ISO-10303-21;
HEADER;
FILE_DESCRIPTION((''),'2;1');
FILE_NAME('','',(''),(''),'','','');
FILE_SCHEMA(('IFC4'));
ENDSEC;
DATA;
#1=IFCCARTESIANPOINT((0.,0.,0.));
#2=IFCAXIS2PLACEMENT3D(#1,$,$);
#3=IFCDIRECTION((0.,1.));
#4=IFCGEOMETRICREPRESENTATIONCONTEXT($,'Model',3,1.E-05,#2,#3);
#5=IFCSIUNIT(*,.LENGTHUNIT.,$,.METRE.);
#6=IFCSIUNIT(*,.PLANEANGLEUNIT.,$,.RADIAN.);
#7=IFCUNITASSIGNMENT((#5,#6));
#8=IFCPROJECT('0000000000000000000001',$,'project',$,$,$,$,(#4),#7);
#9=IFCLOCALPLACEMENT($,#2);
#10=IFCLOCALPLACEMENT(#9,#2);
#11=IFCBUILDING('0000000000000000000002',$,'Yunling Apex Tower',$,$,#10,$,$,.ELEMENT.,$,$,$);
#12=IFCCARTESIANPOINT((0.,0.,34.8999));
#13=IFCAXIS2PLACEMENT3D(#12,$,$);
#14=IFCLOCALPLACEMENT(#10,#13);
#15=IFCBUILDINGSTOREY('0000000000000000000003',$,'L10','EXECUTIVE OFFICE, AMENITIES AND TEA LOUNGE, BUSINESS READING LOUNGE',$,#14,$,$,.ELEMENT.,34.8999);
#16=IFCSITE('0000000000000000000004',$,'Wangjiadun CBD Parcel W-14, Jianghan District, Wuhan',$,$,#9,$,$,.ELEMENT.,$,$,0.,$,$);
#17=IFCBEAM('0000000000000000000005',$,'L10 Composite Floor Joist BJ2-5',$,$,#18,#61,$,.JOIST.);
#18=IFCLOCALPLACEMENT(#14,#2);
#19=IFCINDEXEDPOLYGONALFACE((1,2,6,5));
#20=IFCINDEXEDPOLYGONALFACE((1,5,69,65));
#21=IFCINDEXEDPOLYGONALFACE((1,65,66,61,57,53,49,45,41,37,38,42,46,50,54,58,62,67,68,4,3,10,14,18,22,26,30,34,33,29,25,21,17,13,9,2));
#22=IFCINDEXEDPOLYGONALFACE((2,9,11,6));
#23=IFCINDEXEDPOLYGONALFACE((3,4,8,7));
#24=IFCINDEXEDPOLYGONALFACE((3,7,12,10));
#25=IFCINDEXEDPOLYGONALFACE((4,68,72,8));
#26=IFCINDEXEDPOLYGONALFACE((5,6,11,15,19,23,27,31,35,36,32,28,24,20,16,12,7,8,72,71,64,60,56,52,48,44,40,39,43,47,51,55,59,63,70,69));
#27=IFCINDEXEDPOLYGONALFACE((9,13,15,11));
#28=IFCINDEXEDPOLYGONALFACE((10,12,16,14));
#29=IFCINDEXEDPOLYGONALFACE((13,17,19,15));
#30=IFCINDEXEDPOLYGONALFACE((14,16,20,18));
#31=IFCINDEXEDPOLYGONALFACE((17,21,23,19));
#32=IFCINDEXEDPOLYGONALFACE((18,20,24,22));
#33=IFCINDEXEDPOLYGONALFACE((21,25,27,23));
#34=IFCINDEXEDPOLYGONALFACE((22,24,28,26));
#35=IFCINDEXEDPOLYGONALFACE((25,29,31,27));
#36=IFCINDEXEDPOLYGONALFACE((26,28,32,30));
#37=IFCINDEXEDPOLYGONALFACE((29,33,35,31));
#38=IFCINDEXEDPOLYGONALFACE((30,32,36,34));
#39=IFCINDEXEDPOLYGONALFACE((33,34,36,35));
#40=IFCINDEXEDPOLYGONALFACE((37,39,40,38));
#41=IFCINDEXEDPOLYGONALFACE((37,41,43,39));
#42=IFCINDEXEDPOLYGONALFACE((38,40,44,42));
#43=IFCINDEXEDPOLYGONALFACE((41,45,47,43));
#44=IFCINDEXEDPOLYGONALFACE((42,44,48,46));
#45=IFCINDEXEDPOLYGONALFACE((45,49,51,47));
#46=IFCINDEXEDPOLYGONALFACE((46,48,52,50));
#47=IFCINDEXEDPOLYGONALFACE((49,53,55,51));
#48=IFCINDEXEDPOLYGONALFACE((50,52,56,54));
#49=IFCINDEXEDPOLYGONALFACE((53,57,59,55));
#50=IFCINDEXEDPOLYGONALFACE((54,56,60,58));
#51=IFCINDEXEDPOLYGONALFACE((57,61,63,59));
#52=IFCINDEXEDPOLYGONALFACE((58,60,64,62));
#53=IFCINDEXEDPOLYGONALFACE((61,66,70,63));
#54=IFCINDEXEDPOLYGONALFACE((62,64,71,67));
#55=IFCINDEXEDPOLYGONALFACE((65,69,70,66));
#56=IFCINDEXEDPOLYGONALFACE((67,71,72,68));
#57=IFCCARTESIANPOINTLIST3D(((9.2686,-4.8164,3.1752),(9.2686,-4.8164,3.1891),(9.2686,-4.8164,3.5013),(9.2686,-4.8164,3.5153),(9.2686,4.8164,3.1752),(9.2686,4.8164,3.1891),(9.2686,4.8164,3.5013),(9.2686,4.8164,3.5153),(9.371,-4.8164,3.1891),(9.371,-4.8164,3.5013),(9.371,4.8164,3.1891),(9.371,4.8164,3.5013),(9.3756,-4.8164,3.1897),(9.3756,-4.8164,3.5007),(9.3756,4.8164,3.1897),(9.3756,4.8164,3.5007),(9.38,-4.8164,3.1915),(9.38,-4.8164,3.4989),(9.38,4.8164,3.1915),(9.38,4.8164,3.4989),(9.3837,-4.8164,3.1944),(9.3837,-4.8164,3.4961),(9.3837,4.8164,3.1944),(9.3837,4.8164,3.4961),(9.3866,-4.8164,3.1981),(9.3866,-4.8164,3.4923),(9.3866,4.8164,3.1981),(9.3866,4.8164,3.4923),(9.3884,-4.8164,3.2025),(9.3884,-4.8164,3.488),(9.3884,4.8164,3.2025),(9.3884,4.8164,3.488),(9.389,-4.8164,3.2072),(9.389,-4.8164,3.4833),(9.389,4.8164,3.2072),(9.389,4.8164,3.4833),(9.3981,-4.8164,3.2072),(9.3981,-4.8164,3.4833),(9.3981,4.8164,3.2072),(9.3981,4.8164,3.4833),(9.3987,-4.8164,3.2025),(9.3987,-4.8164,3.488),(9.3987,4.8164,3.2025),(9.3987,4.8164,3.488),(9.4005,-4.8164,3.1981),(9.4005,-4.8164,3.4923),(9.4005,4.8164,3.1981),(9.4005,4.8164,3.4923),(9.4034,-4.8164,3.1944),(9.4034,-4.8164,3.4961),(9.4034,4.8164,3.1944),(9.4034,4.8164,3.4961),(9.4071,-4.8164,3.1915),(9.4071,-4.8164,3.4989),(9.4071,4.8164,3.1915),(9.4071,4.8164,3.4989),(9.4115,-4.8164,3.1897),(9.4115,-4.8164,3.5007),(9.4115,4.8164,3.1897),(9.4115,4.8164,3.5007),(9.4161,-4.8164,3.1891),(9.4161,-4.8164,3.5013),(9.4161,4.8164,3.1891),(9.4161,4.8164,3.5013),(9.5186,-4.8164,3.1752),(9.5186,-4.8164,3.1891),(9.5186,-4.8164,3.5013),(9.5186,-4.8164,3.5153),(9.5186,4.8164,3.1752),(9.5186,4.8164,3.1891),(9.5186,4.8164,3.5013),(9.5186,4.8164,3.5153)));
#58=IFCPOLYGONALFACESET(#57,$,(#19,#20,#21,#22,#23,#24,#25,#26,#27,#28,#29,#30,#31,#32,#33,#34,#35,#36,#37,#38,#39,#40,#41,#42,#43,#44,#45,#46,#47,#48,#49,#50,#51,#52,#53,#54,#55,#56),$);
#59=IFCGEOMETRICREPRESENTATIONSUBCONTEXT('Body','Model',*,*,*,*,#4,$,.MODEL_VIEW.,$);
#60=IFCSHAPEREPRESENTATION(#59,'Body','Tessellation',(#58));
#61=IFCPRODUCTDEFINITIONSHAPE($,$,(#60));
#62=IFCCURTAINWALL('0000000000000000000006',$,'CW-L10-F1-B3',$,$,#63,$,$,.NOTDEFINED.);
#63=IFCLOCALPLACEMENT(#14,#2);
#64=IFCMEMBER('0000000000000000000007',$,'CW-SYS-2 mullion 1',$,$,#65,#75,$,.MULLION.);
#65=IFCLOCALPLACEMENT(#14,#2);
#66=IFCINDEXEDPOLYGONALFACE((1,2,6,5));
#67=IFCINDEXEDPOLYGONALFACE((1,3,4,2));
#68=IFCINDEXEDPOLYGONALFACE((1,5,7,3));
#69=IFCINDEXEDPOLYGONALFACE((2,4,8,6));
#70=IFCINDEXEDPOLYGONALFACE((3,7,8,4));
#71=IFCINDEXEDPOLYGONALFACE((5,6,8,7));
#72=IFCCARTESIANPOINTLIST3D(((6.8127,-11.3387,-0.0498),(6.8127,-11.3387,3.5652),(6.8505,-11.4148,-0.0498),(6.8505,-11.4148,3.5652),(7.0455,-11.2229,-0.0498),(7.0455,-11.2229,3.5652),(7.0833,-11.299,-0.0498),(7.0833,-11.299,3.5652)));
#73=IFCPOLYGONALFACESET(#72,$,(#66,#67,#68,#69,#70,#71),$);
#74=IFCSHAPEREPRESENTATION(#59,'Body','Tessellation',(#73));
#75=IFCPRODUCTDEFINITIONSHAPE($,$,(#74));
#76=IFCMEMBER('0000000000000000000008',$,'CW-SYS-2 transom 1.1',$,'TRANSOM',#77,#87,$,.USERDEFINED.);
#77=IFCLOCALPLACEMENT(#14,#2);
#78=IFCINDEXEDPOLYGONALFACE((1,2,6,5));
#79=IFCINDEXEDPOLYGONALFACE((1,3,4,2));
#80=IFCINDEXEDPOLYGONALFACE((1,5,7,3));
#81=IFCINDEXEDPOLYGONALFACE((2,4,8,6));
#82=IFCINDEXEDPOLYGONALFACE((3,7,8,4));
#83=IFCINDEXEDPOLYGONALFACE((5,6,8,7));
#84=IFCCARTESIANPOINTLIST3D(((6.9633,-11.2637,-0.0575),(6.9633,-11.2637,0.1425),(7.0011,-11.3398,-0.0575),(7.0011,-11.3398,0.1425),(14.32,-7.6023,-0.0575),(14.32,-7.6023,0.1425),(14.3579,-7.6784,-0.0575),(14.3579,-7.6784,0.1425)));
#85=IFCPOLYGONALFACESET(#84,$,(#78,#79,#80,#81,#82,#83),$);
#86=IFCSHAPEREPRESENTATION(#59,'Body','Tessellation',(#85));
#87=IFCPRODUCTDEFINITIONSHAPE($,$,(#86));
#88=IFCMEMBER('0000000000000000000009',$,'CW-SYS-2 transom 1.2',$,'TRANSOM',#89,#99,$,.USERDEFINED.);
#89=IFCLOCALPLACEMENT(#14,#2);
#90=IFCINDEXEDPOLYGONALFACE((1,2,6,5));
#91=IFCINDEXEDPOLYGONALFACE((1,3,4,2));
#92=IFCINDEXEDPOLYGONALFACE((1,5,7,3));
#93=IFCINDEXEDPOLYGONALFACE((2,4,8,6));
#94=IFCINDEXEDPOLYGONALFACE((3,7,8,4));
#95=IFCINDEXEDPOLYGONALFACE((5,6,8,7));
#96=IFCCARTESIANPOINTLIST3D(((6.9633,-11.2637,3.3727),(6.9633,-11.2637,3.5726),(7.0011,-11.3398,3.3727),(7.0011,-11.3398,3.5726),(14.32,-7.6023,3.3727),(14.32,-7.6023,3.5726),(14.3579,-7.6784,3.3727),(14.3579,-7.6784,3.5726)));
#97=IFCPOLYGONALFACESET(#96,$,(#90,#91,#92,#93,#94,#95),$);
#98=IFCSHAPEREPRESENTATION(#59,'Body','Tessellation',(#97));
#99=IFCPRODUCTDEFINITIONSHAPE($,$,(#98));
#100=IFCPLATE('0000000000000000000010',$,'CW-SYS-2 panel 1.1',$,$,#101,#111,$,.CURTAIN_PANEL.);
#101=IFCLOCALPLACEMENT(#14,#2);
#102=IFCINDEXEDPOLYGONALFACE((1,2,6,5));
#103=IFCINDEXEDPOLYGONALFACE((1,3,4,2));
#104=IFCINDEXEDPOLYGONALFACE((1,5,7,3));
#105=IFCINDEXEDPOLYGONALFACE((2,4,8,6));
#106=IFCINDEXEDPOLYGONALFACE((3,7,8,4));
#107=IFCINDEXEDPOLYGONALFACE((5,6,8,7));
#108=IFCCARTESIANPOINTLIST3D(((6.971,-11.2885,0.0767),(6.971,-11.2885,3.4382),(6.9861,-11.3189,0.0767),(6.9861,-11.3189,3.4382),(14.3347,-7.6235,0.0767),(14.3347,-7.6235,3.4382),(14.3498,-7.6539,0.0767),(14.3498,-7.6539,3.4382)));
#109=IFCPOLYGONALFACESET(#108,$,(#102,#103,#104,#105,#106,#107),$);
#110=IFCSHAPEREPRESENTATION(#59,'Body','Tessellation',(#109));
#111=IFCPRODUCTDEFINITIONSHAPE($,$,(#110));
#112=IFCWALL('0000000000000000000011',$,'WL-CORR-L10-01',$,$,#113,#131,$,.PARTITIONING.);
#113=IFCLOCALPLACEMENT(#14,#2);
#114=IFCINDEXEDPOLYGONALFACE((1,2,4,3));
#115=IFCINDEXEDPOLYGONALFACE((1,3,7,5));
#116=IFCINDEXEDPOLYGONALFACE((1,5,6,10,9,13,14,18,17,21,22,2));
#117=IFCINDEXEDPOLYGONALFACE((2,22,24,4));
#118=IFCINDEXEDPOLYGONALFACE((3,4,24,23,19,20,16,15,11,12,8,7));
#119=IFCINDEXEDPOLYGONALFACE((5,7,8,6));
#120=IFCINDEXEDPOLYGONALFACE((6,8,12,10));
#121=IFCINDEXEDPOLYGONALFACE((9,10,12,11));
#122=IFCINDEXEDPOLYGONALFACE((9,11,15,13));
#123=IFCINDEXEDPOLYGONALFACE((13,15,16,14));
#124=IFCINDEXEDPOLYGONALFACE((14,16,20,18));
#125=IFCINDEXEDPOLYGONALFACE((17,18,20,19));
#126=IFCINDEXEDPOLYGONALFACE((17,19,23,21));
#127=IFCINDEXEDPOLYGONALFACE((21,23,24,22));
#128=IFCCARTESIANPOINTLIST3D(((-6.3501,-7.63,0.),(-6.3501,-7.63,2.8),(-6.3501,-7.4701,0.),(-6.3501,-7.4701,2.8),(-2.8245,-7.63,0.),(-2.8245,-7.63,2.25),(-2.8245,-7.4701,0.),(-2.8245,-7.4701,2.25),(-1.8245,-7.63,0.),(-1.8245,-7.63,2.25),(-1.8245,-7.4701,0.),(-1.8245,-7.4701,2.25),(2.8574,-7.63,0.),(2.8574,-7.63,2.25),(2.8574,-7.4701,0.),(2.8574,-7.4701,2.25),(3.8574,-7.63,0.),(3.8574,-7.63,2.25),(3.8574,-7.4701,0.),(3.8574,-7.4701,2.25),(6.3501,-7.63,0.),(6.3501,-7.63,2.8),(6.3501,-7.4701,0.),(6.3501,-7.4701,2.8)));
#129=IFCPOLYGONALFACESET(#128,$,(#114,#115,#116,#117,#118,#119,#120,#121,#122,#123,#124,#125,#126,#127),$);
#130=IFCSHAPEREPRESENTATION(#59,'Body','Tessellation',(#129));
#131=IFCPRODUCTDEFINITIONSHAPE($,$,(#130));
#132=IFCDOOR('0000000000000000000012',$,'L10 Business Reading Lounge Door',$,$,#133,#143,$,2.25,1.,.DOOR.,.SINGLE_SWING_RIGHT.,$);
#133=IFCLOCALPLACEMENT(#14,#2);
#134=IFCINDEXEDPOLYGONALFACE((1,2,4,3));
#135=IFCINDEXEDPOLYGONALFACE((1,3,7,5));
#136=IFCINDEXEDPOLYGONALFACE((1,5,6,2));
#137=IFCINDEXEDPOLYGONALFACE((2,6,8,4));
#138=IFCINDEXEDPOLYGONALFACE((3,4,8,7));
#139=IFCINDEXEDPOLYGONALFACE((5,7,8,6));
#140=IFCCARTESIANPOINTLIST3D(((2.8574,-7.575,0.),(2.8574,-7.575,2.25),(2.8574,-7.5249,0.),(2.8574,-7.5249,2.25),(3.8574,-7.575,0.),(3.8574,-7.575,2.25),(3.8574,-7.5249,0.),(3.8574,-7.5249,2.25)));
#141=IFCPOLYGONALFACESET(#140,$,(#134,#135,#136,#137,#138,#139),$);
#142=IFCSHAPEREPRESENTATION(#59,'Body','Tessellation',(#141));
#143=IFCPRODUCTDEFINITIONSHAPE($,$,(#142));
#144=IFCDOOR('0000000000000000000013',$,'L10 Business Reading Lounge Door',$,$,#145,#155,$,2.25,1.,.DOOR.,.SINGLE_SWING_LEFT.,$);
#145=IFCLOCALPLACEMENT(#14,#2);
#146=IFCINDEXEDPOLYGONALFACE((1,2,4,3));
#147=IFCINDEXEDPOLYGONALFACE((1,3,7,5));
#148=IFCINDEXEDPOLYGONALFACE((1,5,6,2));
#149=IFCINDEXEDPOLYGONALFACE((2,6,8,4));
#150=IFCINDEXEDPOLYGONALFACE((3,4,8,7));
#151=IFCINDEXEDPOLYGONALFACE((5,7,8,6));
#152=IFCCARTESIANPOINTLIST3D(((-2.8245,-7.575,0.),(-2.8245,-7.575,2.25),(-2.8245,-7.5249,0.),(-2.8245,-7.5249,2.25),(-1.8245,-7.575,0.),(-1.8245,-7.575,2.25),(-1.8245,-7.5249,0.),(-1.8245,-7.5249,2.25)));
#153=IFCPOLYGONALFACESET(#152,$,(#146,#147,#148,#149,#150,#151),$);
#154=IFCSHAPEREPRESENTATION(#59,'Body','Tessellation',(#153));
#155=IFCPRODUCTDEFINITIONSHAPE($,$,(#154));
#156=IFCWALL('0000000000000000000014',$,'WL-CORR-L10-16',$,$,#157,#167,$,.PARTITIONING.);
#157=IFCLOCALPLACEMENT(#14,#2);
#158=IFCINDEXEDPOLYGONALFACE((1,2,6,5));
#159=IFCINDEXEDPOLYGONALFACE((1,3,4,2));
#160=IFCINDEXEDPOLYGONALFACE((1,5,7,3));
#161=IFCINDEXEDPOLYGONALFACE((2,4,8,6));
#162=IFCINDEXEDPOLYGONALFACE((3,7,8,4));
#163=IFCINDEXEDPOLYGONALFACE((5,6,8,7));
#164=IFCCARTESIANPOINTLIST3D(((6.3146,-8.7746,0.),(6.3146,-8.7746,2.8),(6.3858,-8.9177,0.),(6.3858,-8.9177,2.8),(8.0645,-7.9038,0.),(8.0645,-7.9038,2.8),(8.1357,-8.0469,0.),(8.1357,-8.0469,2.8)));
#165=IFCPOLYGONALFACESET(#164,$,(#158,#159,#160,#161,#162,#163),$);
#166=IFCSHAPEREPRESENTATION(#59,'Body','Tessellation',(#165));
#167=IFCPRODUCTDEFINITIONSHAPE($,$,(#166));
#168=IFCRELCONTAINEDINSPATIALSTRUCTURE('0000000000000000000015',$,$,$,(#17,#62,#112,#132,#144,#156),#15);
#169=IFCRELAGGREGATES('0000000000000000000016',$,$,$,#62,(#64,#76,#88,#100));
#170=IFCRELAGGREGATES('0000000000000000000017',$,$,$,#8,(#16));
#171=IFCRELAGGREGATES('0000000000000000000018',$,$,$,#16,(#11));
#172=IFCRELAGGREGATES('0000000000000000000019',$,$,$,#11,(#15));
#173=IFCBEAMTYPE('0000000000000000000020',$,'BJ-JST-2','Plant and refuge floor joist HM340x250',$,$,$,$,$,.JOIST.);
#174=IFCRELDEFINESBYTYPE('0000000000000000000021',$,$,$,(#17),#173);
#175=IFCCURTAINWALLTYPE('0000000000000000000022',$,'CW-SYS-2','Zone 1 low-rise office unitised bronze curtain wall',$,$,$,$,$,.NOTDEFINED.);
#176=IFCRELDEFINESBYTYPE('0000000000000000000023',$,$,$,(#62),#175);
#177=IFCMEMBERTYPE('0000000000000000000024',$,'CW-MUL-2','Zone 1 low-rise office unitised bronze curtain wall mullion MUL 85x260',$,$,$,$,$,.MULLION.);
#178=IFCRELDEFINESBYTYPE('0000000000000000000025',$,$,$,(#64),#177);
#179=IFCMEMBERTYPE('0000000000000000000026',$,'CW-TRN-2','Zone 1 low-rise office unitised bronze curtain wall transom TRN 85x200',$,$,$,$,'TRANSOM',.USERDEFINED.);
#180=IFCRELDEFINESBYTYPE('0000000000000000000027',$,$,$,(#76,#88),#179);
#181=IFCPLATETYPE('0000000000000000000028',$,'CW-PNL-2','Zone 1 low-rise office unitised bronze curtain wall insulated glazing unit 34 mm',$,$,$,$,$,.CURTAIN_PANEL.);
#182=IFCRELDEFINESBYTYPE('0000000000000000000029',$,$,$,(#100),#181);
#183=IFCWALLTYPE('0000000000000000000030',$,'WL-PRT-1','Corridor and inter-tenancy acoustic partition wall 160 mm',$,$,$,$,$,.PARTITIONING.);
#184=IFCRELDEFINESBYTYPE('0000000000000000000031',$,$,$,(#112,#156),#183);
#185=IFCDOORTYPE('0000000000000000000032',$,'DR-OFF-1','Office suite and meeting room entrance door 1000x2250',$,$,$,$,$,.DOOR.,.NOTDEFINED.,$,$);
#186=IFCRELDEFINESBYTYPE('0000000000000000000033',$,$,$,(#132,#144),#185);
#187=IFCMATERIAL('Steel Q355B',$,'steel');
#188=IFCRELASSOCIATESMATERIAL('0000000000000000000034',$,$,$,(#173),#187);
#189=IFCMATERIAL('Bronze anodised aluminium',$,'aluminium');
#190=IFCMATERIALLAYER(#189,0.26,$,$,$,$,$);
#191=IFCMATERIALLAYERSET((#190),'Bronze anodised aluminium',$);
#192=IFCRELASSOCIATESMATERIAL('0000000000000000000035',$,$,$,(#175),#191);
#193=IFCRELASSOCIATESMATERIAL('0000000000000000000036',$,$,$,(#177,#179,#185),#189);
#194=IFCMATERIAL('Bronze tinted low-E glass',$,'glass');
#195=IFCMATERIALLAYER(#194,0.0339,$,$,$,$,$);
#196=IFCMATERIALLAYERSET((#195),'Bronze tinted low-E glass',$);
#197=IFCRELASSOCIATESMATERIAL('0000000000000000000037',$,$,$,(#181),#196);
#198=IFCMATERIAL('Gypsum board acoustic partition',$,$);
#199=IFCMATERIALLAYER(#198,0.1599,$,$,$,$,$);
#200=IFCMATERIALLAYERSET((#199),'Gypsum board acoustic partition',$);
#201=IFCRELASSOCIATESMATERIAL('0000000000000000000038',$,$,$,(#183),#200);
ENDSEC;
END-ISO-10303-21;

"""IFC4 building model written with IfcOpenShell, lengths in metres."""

from ifc_helpers import new_model, si_unit, direction, frame, frame_2d, origin, origin_2d, place, context, subcontext, project, spatial, rectangle, i_section, extrude, source, transform, mapped, material, layer, layer_set, material_profile, profile_set, type_object, element, fill, aggregate, save


model = new_model("IFC4")

# Units and contexts
model_context = context("Model", 3, precision=1e-05, world=origin(), true_north=direction((0.0, 1.0)))
body_context = subcontext(model_context, "Body", "Model", "MODEL_VIEW")
ifc_project = project(units=[si_unit("LENGTHUNIT", "METRE"), si_unit("PLANEANGLEUNIT", "RADIAN")], contexts=[model_context])

# Site, building, storey
site_placement = place(None, origin())
site = spatial("IfcSite", under=ifc_project, at=site_placement, Name="Wangjiadun CBD Parcel W-14, Jianghan District, Wuhan", CompositionType="ELEMENT", RefElevation=0.0)
building_placement = place(site_placement, origin())
building = spatial("IfcBuilding", under=site, at=building_placement, Name="Yunling Apex Tower", CompositionType="ELEMENT")
storey_placement = place(building_placement, frame((0.0, 0.0, 34.8999)))
storey = spatial("IfcBuildingStorey", under=building, at=storey_placement, Name="L10", Description="EXECUTIVE OFFICE, AMENITIES AND TEA LOUNGE, BUSINESS READING LOUNGE", CompositionType="ELEMENT", Elevation=34.8999)

# Beam
ifc_material_1 = material(Name="Steel Q355B", Category="steel")
ifc_material_profile_1 = material_profile(ifc_material_1, i_section(OverallWidth=0.25, OverallDepth=0.3401, WebThickness=0.009, FlangeThickness=0.0139, FilletRadius=0.0181, at=origin_2d()))
ifc_profile_set_1 = profile_set([ifc_material_profile_1], Name="Steel Q355B")
beam_type_1 = type_object("IfcBeamType", Name="BJ-JST-2", Description="Plant and refuge floor joist HM340x250", PredefinedType="JOIST", material=ifc_profile_set_1)
shared_shape_1 = source(origin(), body_context, "Body", "SweptSolid", [
    extrude(i_section(OverallWidth=0.25, OverallDepth=0.3401, WebThickness=0.009, FlangeThickness=0.0139, FilletRadius=0.0181, at=origin_2d()), origin(), (0.0, 0.0, 1.0), 9.6328),
])
beam_1_placement = place(storey_placement, frame((9.3936, -4.8164, 3.3452), z_axis=(0.0, 1.0, 0.0), x_axis=(-1.0, 0.0, 0.0)))
element("IfcBeam", 1, at=beam_1_placement, inside=storey, type_object=beam_type_1, Name="L10 Composite Floor Joist BJ2-5", PredefinedType="JOIST", context=body_context, shape_type="MappedRepresentation", body=[
    mapped(shared_shape_1, transform((0.0, 0.0, 0.0), scale=1.0)),
])

# Curtain wall, members, plate
ifc_material_2 = material(Name="Bronze anodised aluminium", Category="aluminium")
ifc_layer_1 = layer(ifc_material_2, 0.26)
ifc_layer_set_1 = layer_set([ifc_layer_1], Name="Bronze anodised aluminium")
curtain_wall_type = type_object("IfcCurtainWallType", Name="CW-SYS-2", Description="Zone 1 low-rise office unitised bronze curtain wall", PredefinedType="NOTDEFINED", material=ifc_layer_set_1)
curtain_wall_placement = place(storey_placement, origin())
curtain_wall = element("IfcCurtainWall", 2, at=curtain_wall_placement, inside=storey, type_object=curtain_wall_type, Name="CW-L10-F1-B3", PredefinedType="NOTDEFINED")
ifc_material_profile_2 = material_profile(ifc_material_2, rectangle(XDim=0.085, YDim=0.26, at=origin_2d()))
ifc_profile_set_2 = profile_set([ifc_material_profile_2], Name="Bronze anodised aluminium")
member_type_1 = type_object("IfcMemberType", Name="CW-MUL-2", Description="Zone 1 low-rise office unitised bronze curtain wall mullion MUL 85x260", PredefinedType="MULLION", material=ifc_profile_set_2)
shared_shape_2 = source(origin(), body_context, "Body", "SweptSolid", [
    extrude(rectangle(XDim=0.085, YDim=0.26, at=origin_2d()), origin(), (0.0, 0.0, 1.0), 3.615),
])
member_1_placement = place(storey_placement, frame((6.948, -11.3188, -0.0498), z_axis=(0.0, 0.0, 1.0), x_axis=(-0.445571, 0.895247, 0.0)))
member_1 = element("IfcMember", 3, at=member_1_placement, type_object=member_type_1, Name="CW-SYS-2 mullion 1", PredefinedType="MULLION", context=body_context, shape_type="MappedRepresentation", body=[
    mapped(shared_shape_2, transform((0.0, 0.0, 0.0), scale=1.0)),
])
ifc_material_profile_3 = material_profile(ifc_material_2, rectangle(XDim=0.085, YDim=0.2, at=origin_2d()))
ifc_profile_set_3 = profile_set([ifc_material_profile_3], Name="Bronze anodised aluminium")
member_type_2 = type_object("IfcMemberType", Name="CW-TRN-2", Description="Zone 1 low-rise office unitised bronze curtain wall transom TRN 85x200", ElementType="TRANSOM", PredefinedType="USERDEFINED", material=ifc_profile_set_3)
shared_shape_3 = source(origin(), body_context, "Body", "SweptSolid", [
    extrude(rectangle(XDim=0.085, YDim=0.2, at=origin_2d()), origin(), (0.0, 0.0, 1.0), 8.2175),
])
member_2_placement = place(storey_placement, frame((6.9822, -11.3018, 0.0425), z_axis=(0.895252, 0.445561, 0.0), x_axis=(-0.445561, 0.895252, 0.0)))
member_2 = element("IfcMember", 4, at=member_2_placement, type_object=member_type_2, Name="CW-SYS-2 transom 1.1", ObjectType="TRANSOM", PredefinedType="USERDEFINED", context=body_context, shape_type="MappedRepresentation", body=[
    mapped(shared_shape_3, transform((0.0, 0.0, 0.0), scale=1.0)),
])
member_3_placement = place(storey_placement, frame((6.9822, -11.3018, 3.4727), z_axis=(0.895252, 0.445561, 0.0), x_axis=(-0.445561, 0.895252, 0.0)))
member_3 = element("IfcMember", 5, at=member_3_placement, type_object=member_type_2, Name="CW-SYS-2 transom 1.2", ObjectType="TRANSOM", PredefinedType="USERDEFINED", context=body_context, shape_type="MappedRepresentation", body=[
    mapped(shared_shape_3, transform((0.0, 0.0, 0.0), scale=1.0)),
])
ifc_material_3 = material(Name="Bronze tinted low-E glass", Category="glass")
ifc_layer_2 = layer(ifc_material_3, 0.0339)
ifc_layer_set_2 = layer_set([ifc_layer_2], Name="Bronze tinted low-E glass")
plate_type = type_object("IfcPlateType", Name="CW-PNL-2", Description="Zone 1 low-rise office unitised bronze curtain wall insulated glazing unit 34 mm", PredefinedType="CURTAIN_PANEL", material=ifc_layer_set_2)
shared_shape_4 = source(origin(), body_context, "Body", "SweptSolid", [
    extrude(rectangle(XDim=8.2253, YDim=0.0339, at=origin_2d()), origin(), (0.0, 0.0, 1.0), 3.3616),
])
plate_placement = place(storey_placement, frame((10.6604, -9.4712, 0.0767), z_axis=(0.0, 0.0, 1.0), x_axis=(0.895247, 0.445571, 0.0)))
plate = element("IfcPlate", 6, at=plate_placement, type_object=plate_type, Name="CW-SYS-2 panel 1.1", PredefinedType="CURTAIN_PANEL", context=body_context, shape_type="MappedRepresentation", body=[
    mapped(shared_shape_4, transform((0.0, 0.0, 0.0), scale=1.0)),
])
aggregate(curtain_wall, [member_1, member_2, member_3, plate])

# Wall, openings, doors
ifc_material_4 = material(Name="Gypsum board acoustic partition")
ifc_layer_3 = layer(ifc_material_4, 0.1599)
ifc_layer_set_3 = layer_set([ifc_layer_3], Name="Gypsum board acoustic partition")
wall_type_1 = type_object("IfcWallType", Name="WL-PRT-1", Description="Corridor and inter-tenancy acoustic partition wall 160 mm", PredefinedType="PARTITIONING", material=ifc_layer_set_3)
wall_1_placement = place(storey_placement, frame((6.3501, -7.55, 0.0), z_axis=(0.0, 0.0, 1.0), x_axis=(-1.0, 0.0, 0.0)))
wall_1 = element("IfcWall", 7, at=wall_1_placement, inside=storey, type_object=wall_type_1, Name="WL-CORR-L10-01", PredefinedType="PARTITIONING", context=body_context, shape_type="SweptSolid", body=[
    extrude(rectangle(XDim=12.7002, YDim=0.1599, at=frame_2d((6.3501, 0.0))), origin(), (0.0, 0.0, 1.0), 2.8),
])
opening_1_placement = place(wall_1_placement, frame((2.4927, 0.0, 0.0)))
opening_1 = element("IfcOpeningElement", 8, at=opening_1_placement, cuts=wall_1, PredefinedType="OPENING", context=body_context, shape_type="SweptSolid", body=[
    extrude(rectangle(XDim=1.0, YDim=2.25, at=frame_2d((0.5, 1.125))), frame((0.0, 0.0898, 0.0), z_axis=(0.0, -1.0, 0.0), x_axis=(1.0, 0.0, 0.0)), (0.0, 0.0, 1.0), 0.1799),
])
opening_2_placement = place(wall_1_placement, frame((8.1746, 0.0, 0.0)))
opening_2 = element("IfcOpeningElement", 9, at=opening_2_placement, cuts=wall_1, PredefinedType="OPENING", context=body_context, shape_type="SweptSolid", body=[
    extrude(rectangle(XDim=1.0, YDim=2.25, at=frame_2d((0.5, 1.125))), frame((0.0, 0.0898, 0.0), z_axis=(0.0, -1.0, 0.0), x_axis=(1.0, 0.0, 0.0)), (0.0, 0.0, 1.0), 0.1799),
])
door_type = type_object("IfcDoorType", Name="DR-OFF-1", Description="Office suite and meeting room entrance door 1000x2250", OperationType="NOTDEFINED", PredefinedType="DOOR", material=ifc_material_2)
door_1_placement = place(opening_1_placement, origin())
door_1 = element("IfcDoor", 10, at=door_1_placement, inside=storey, type_object=door_type, Name="L10 Business Reading Lounge Door", OperationType="SINGLE_SWING_RIGHT", OverallHeight=2.25, OverallWidth=1.0, PredefinedType="DOOR", context=body_context, shape_type="SweptSolid", body=[
    extrude(rectangle(XDim=1.0, YDim=2.25, at=frame_2d((0.5, 1.125))), frame((0.0, 0.0249, 0.0), z_axis=(0.0, -1.0, 0.0), x_axis=(1.0, 0.0, 0.0)), (0.0, 0.0, 1.0), 0.05),
])
fill(opening_1, door_1)
door_2_placement = place(opening_2_placement, origin())
door_2 = element("IfcDoor", 11, at=door_2_placement, inside=storey, type_object=door_type, Name="L10 Business Reading Lounge Door", OperationType="SINGLE_SWING_LEFT", OverallHeight=2.25, OverallWidth=1.0, PredefinedType="DOOR", context=body_context, shape_type="SweptSolid", body=[
    extrude(rectangle(XDim=1.0, YDim=2.25, at=frame_2d((0.5, 1.125))), frame((0.0, 0.0249, 0.0), z_axis=(0.0, -1.0, 0.0), x_axis=(1.0, 0.0, 0.0)), (0.0, 0.0, 1.0), 0.05),
])
fill(opening_2, door_2)

# Wall
wall_2_placement = place(storey_placement, frame((8.1001, -7.9753, 0.0), z_axis=(0.0, 0.0, 1.0), x_axis=(-0.895275, -0.445514, 0.0)))
element("IfcWall", 12, at=wall_2_placement, inside=storey, type_object=wall_type_1, Name="WL-CORR-L10-16", PredefinedType="PARTITIONING", context=body_context, shape_type="SweptSolid", body=[
    extrude(rectangle(XDim=1.9546, YDim=0.1599, at=frame_2d((0.9773, 0.0))), origin(), (0.0, 0.0, 1.0), 2.8),
])

save(model, "model.ifc")
